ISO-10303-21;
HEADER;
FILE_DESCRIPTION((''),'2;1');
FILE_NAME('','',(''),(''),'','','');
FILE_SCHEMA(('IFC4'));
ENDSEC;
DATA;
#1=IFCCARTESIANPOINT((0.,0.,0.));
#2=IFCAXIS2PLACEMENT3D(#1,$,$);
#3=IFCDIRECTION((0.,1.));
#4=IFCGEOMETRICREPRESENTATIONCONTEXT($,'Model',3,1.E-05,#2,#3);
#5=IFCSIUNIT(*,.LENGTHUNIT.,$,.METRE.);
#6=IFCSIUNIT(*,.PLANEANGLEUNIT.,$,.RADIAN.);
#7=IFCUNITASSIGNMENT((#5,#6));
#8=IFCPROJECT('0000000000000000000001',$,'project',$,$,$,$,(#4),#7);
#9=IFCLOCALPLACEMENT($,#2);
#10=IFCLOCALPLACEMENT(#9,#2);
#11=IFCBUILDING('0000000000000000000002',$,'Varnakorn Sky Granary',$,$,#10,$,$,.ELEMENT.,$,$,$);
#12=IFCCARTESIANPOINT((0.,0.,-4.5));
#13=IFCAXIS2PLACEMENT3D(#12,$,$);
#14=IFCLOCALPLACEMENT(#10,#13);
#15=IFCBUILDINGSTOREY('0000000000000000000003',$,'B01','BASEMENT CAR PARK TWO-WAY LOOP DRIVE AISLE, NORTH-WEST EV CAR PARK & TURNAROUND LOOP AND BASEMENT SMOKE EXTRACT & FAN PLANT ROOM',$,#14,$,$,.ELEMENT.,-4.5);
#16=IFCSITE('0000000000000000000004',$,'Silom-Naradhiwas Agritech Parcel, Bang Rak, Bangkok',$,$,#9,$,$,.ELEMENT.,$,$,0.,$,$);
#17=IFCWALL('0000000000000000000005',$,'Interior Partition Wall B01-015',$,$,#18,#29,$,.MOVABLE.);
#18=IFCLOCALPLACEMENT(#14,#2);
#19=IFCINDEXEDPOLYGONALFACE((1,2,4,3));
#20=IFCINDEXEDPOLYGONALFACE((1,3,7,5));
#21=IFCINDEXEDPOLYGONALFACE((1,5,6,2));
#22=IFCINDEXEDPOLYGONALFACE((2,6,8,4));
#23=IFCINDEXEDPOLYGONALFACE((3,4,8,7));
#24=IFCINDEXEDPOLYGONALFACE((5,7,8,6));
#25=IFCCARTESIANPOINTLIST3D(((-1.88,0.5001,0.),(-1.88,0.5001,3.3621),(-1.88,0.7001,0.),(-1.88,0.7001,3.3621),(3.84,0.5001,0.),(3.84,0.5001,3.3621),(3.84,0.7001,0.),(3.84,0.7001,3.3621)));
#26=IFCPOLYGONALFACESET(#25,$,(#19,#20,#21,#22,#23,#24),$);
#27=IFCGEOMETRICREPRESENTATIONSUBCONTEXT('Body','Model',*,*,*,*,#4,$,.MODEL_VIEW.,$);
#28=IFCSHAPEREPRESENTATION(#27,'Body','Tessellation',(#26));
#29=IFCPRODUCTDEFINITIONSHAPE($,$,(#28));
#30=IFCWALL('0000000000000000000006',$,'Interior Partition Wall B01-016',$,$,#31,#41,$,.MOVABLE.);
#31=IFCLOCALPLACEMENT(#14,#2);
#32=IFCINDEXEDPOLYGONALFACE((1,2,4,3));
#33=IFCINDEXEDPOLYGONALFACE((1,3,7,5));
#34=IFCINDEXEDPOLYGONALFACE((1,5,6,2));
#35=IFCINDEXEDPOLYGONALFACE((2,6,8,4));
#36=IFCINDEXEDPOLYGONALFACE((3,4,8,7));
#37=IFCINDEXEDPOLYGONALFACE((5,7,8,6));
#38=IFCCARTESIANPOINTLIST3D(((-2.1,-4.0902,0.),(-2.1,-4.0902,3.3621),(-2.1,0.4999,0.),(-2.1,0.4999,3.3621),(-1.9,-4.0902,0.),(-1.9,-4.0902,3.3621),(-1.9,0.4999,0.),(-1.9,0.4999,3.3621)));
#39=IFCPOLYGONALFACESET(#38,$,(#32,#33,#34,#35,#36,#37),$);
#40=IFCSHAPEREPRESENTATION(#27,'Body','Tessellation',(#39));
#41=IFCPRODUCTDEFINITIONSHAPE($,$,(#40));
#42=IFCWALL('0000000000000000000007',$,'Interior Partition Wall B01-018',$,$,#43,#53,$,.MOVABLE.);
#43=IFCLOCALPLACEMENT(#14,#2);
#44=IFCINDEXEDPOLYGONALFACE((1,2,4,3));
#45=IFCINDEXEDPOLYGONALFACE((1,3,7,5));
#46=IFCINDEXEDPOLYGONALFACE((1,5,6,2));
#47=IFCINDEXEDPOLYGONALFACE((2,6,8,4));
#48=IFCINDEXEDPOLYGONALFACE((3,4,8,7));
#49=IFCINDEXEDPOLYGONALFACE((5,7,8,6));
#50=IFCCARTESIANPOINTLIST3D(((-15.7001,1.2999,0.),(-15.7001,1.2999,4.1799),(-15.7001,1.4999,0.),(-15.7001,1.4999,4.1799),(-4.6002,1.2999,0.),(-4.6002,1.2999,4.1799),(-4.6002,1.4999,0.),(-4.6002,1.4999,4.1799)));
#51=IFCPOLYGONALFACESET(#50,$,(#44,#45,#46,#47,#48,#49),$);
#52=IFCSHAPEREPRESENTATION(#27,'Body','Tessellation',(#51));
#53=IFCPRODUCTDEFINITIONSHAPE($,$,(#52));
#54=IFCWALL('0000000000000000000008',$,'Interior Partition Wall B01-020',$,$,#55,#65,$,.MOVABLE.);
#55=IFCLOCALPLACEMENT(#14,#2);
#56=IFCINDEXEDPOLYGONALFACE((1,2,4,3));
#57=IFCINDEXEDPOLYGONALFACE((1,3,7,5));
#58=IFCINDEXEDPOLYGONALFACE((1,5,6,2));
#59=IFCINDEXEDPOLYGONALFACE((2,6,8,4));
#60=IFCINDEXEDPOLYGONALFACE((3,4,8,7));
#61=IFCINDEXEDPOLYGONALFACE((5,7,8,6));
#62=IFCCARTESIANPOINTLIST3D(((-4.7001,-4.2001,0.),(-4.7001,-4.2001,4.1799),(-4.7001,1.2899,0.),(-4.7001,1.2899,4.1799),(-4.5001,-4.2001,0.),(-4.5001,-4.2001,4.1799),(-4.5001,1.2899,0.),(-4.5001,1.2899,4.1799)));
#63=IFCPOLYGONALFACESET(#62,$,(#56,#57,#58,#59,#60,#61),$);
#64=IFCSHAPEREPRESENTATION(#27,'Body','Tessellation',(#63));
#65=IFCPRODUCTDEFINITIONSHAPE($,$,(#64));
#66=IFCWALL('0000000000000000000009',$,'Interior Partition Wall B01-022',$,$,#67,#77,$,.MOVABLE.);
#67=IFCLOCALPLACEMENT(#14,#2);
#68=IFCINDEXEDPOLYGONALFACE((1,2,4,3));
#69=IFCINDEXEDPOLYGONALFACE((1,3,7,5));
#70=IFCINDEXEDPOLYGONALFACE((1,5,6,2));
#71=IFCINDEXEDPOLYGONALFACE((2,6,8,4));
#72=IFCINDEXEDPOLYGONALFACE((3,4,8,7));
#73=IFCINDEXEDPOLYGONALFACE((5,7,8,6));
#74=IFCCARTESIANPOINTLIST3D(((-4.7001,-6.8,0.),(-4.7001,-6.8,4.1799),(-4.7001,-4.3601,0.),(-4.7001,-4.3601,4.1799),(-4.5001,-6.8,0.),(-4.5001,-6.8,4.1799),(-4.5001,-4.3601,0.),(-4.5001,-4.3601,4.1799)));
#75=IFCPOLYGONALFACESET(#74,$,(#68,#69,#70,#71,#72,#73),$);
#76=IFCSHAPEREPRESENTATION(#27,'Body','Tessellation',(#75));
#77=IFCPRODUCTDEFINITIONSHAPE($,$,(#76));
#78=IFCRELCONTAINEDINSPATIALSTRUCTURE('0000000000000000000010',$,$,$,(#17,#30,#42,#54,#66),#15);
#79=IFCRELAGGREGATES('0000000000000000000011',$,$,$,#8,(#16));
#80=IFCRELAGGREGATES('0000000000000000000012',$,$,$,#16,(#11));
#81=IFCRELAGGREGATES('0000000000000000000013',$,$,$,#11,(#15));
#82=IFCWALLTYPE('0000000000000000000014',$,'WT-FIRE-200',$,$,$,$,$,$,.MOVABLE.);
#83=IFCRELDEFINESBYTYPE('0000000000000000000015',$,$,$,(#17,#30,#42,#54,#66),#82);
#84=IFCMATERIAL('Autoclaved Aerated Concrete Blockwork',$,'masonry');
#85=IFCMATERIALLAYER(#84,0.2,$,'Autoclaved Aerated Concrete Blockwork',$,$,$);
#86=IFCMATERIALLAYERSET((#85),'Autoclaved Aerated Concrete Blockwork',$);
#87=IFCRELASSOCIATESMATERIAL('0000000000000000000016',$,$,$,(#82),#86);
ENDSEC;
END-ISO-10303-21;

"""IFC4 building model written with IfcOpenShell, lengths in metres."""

from ifc_helpers import new_model, si_unit, direction, frame, frame_2d, origin, place, context, subcontext, project, spatial, rectangle, extrude, material, layer, layer_set, type_object, element, save


model = new_model("IFC4")

# Units and contexts
model_context = context("Model", 3, precision=1e-05, world=origin(), true_north=direction((0.0, 1.0)))
body_context = subcontext(model_context, "Body", "Model", "MODEL_VIEW")
ifc_project = project(units=[si_unit("LENGTHUNIT", "METRE"), si_unit("PLANEANGLEUNIT", "RADIAN")], contexts=[model_context])

# Site, building, storey
site_placement = place(None, origin())
site = spatial("IfcSite", under=ifc_project, at=site_placement, Name="Silom-Naradhiwas Agritech Parcel, Bang Rak, Bangkok", CompositionType="ELEMENT", RefElevation=0.0)
building_placement = place(site_placement, origin())
building = spatial("IfcBuilding", under=site, at=building_placement, Name="Varnakorn Sky Granary", CompositionType="ELEMENT")
storey_placement = place(building_placement, frame((0.0, 0.0, -4.5)))
storey = spatial("IfcBuildingStorey", under=building, at=storey_placement, Name="B01", Description="BASEMENT CAR PARK TWO-WAY LOOP DRIVE AISLE, NORTH-WEST EV CAR PARK & TURNAROUND LOOP AND BASEMENT SMOKE EXTRACT & FAN PLANT ROOM", CompositionType="ELEMENT", Elevation=-4.5)

# Shared definitions
ifc_material_1 = material(Name="Autoclaved Aerated Concrete Blockwork", Category="masonry")
ifc_layer_1 = layer(ifc_material_1, 0.2, Name="Autoclaved Aerated Concrete Blockwork")
ifc_layer_set_1 = layer_set([ifc_layer_1], Name="Autoclaved Aerated Concrete Blockwork")
wall_type_1 = type_object("IfcWallType", Name="WT-FIRE-200", PredefinedType="MOVABLE", material=ifc_layer_set_1)

# Walls
wall_1_placement = place(storey_placement, frame((-1.8799, 0.6001, 0.0), z_axis=(0.0, 0.0, 1.0), x_axis=(1.0, 0.0, 0.0)))
element("IfcWall", 1, at=wall_1_placement, inside=storey, type_object=wall_type_1, Name="Interior Partition Wall B01-015", PredefinedType="MOVABLE", context=body_context, shape_type="SweptSolid", body=[
    extrude(rectangle(XDim=5.72, YDim=0.2, at=frame_2d((2.8599, 0.0))), origin(), (0.0, 0.0, 1.0), 3.3621),
])
wall_2_placement = place(storey_placement, frame((-2.0, -4.0901, 0.0), z_axis=(0.0, 0.0, 1.0), x_axis=(0.0, 1.0, 0.0)))
element("IfcWall", 2, at=wall_2_placement, inside=storey, type_object=wall_type_1, Name="Interior Partition Wall B01-016", PredefinedType="MOVABLE", context=body_context, shape_type="SweptSolid", body=[
    extrude(rectangle(XDim=4.5901, YDim=0.2, at=frame_2d((2.2949, 0.0))), origin(), (0.0, 0.0, 1.0), 3.3621),
])
wall_3_placement = place(storey_placement, frame((-15.7, 1.3999, 0.0), z_axis=(0.0, 0.0, 1.0), x_axis=(1.0, 0.0, 0.0)))
element("IfcWall", 3, at=wall_3_placement, inside=storey, type_object=wall_type_1, Name="Interior Partition Wall B01-018", PredefinedType="MOVABLE", context=body_context, shape_type="SweptSolid", body=[
    extrude(rectangle(XDim=11.0999, YDim=0.2, at=frame_2d((5.5498, 0.0))), origin(), (0.0, 0.0, 1.0), 4.1799),
])
wall_4_placement = place(storey_placement, frame((-4.6001, 1.29, 0.0), z_axis=(0.0, 0.0, 1.0), x_axis=(0.0, -1.0, 0.0)))
element("IfcWall", 4, at=wall_4_placement, inside=storey, type_object=wall_type_1, Name="Interior Partition Wall B01-020", PredefinedType="MOVABLE", context=body_context, shape_type="SweptSolid", body=[
    extrude(rectangle(XDim=5.49, YDim=0.2, at=frame_2d((2.7451, 0.0))), origin(), (0.0, 0.0, 1.0), 4.1799),
])
wall_5_placement = place(storey_placement, frame((-4.6001, -4.3601, 0.0), z_axis=(0.0, 0.0, 1.0), x_axis=(0.0, -1.0, 0.0)))
element("IfcWall", 5, at=wall_5_placement, inside=storey, type_object=wall_type_1, Name="Interior Partition Wall B01-022", PredefinedType="MOVABLE", context=body_context, shape_type="SweptSolid", body=[
    extrude(rectangle(XDim=2.4399, YDim=0.2, at=frame_2d((1.22, 0.0))), origin(), (0.0, 0.0, 1.0), 4.1799),
])

save(model, "model.ifc")
